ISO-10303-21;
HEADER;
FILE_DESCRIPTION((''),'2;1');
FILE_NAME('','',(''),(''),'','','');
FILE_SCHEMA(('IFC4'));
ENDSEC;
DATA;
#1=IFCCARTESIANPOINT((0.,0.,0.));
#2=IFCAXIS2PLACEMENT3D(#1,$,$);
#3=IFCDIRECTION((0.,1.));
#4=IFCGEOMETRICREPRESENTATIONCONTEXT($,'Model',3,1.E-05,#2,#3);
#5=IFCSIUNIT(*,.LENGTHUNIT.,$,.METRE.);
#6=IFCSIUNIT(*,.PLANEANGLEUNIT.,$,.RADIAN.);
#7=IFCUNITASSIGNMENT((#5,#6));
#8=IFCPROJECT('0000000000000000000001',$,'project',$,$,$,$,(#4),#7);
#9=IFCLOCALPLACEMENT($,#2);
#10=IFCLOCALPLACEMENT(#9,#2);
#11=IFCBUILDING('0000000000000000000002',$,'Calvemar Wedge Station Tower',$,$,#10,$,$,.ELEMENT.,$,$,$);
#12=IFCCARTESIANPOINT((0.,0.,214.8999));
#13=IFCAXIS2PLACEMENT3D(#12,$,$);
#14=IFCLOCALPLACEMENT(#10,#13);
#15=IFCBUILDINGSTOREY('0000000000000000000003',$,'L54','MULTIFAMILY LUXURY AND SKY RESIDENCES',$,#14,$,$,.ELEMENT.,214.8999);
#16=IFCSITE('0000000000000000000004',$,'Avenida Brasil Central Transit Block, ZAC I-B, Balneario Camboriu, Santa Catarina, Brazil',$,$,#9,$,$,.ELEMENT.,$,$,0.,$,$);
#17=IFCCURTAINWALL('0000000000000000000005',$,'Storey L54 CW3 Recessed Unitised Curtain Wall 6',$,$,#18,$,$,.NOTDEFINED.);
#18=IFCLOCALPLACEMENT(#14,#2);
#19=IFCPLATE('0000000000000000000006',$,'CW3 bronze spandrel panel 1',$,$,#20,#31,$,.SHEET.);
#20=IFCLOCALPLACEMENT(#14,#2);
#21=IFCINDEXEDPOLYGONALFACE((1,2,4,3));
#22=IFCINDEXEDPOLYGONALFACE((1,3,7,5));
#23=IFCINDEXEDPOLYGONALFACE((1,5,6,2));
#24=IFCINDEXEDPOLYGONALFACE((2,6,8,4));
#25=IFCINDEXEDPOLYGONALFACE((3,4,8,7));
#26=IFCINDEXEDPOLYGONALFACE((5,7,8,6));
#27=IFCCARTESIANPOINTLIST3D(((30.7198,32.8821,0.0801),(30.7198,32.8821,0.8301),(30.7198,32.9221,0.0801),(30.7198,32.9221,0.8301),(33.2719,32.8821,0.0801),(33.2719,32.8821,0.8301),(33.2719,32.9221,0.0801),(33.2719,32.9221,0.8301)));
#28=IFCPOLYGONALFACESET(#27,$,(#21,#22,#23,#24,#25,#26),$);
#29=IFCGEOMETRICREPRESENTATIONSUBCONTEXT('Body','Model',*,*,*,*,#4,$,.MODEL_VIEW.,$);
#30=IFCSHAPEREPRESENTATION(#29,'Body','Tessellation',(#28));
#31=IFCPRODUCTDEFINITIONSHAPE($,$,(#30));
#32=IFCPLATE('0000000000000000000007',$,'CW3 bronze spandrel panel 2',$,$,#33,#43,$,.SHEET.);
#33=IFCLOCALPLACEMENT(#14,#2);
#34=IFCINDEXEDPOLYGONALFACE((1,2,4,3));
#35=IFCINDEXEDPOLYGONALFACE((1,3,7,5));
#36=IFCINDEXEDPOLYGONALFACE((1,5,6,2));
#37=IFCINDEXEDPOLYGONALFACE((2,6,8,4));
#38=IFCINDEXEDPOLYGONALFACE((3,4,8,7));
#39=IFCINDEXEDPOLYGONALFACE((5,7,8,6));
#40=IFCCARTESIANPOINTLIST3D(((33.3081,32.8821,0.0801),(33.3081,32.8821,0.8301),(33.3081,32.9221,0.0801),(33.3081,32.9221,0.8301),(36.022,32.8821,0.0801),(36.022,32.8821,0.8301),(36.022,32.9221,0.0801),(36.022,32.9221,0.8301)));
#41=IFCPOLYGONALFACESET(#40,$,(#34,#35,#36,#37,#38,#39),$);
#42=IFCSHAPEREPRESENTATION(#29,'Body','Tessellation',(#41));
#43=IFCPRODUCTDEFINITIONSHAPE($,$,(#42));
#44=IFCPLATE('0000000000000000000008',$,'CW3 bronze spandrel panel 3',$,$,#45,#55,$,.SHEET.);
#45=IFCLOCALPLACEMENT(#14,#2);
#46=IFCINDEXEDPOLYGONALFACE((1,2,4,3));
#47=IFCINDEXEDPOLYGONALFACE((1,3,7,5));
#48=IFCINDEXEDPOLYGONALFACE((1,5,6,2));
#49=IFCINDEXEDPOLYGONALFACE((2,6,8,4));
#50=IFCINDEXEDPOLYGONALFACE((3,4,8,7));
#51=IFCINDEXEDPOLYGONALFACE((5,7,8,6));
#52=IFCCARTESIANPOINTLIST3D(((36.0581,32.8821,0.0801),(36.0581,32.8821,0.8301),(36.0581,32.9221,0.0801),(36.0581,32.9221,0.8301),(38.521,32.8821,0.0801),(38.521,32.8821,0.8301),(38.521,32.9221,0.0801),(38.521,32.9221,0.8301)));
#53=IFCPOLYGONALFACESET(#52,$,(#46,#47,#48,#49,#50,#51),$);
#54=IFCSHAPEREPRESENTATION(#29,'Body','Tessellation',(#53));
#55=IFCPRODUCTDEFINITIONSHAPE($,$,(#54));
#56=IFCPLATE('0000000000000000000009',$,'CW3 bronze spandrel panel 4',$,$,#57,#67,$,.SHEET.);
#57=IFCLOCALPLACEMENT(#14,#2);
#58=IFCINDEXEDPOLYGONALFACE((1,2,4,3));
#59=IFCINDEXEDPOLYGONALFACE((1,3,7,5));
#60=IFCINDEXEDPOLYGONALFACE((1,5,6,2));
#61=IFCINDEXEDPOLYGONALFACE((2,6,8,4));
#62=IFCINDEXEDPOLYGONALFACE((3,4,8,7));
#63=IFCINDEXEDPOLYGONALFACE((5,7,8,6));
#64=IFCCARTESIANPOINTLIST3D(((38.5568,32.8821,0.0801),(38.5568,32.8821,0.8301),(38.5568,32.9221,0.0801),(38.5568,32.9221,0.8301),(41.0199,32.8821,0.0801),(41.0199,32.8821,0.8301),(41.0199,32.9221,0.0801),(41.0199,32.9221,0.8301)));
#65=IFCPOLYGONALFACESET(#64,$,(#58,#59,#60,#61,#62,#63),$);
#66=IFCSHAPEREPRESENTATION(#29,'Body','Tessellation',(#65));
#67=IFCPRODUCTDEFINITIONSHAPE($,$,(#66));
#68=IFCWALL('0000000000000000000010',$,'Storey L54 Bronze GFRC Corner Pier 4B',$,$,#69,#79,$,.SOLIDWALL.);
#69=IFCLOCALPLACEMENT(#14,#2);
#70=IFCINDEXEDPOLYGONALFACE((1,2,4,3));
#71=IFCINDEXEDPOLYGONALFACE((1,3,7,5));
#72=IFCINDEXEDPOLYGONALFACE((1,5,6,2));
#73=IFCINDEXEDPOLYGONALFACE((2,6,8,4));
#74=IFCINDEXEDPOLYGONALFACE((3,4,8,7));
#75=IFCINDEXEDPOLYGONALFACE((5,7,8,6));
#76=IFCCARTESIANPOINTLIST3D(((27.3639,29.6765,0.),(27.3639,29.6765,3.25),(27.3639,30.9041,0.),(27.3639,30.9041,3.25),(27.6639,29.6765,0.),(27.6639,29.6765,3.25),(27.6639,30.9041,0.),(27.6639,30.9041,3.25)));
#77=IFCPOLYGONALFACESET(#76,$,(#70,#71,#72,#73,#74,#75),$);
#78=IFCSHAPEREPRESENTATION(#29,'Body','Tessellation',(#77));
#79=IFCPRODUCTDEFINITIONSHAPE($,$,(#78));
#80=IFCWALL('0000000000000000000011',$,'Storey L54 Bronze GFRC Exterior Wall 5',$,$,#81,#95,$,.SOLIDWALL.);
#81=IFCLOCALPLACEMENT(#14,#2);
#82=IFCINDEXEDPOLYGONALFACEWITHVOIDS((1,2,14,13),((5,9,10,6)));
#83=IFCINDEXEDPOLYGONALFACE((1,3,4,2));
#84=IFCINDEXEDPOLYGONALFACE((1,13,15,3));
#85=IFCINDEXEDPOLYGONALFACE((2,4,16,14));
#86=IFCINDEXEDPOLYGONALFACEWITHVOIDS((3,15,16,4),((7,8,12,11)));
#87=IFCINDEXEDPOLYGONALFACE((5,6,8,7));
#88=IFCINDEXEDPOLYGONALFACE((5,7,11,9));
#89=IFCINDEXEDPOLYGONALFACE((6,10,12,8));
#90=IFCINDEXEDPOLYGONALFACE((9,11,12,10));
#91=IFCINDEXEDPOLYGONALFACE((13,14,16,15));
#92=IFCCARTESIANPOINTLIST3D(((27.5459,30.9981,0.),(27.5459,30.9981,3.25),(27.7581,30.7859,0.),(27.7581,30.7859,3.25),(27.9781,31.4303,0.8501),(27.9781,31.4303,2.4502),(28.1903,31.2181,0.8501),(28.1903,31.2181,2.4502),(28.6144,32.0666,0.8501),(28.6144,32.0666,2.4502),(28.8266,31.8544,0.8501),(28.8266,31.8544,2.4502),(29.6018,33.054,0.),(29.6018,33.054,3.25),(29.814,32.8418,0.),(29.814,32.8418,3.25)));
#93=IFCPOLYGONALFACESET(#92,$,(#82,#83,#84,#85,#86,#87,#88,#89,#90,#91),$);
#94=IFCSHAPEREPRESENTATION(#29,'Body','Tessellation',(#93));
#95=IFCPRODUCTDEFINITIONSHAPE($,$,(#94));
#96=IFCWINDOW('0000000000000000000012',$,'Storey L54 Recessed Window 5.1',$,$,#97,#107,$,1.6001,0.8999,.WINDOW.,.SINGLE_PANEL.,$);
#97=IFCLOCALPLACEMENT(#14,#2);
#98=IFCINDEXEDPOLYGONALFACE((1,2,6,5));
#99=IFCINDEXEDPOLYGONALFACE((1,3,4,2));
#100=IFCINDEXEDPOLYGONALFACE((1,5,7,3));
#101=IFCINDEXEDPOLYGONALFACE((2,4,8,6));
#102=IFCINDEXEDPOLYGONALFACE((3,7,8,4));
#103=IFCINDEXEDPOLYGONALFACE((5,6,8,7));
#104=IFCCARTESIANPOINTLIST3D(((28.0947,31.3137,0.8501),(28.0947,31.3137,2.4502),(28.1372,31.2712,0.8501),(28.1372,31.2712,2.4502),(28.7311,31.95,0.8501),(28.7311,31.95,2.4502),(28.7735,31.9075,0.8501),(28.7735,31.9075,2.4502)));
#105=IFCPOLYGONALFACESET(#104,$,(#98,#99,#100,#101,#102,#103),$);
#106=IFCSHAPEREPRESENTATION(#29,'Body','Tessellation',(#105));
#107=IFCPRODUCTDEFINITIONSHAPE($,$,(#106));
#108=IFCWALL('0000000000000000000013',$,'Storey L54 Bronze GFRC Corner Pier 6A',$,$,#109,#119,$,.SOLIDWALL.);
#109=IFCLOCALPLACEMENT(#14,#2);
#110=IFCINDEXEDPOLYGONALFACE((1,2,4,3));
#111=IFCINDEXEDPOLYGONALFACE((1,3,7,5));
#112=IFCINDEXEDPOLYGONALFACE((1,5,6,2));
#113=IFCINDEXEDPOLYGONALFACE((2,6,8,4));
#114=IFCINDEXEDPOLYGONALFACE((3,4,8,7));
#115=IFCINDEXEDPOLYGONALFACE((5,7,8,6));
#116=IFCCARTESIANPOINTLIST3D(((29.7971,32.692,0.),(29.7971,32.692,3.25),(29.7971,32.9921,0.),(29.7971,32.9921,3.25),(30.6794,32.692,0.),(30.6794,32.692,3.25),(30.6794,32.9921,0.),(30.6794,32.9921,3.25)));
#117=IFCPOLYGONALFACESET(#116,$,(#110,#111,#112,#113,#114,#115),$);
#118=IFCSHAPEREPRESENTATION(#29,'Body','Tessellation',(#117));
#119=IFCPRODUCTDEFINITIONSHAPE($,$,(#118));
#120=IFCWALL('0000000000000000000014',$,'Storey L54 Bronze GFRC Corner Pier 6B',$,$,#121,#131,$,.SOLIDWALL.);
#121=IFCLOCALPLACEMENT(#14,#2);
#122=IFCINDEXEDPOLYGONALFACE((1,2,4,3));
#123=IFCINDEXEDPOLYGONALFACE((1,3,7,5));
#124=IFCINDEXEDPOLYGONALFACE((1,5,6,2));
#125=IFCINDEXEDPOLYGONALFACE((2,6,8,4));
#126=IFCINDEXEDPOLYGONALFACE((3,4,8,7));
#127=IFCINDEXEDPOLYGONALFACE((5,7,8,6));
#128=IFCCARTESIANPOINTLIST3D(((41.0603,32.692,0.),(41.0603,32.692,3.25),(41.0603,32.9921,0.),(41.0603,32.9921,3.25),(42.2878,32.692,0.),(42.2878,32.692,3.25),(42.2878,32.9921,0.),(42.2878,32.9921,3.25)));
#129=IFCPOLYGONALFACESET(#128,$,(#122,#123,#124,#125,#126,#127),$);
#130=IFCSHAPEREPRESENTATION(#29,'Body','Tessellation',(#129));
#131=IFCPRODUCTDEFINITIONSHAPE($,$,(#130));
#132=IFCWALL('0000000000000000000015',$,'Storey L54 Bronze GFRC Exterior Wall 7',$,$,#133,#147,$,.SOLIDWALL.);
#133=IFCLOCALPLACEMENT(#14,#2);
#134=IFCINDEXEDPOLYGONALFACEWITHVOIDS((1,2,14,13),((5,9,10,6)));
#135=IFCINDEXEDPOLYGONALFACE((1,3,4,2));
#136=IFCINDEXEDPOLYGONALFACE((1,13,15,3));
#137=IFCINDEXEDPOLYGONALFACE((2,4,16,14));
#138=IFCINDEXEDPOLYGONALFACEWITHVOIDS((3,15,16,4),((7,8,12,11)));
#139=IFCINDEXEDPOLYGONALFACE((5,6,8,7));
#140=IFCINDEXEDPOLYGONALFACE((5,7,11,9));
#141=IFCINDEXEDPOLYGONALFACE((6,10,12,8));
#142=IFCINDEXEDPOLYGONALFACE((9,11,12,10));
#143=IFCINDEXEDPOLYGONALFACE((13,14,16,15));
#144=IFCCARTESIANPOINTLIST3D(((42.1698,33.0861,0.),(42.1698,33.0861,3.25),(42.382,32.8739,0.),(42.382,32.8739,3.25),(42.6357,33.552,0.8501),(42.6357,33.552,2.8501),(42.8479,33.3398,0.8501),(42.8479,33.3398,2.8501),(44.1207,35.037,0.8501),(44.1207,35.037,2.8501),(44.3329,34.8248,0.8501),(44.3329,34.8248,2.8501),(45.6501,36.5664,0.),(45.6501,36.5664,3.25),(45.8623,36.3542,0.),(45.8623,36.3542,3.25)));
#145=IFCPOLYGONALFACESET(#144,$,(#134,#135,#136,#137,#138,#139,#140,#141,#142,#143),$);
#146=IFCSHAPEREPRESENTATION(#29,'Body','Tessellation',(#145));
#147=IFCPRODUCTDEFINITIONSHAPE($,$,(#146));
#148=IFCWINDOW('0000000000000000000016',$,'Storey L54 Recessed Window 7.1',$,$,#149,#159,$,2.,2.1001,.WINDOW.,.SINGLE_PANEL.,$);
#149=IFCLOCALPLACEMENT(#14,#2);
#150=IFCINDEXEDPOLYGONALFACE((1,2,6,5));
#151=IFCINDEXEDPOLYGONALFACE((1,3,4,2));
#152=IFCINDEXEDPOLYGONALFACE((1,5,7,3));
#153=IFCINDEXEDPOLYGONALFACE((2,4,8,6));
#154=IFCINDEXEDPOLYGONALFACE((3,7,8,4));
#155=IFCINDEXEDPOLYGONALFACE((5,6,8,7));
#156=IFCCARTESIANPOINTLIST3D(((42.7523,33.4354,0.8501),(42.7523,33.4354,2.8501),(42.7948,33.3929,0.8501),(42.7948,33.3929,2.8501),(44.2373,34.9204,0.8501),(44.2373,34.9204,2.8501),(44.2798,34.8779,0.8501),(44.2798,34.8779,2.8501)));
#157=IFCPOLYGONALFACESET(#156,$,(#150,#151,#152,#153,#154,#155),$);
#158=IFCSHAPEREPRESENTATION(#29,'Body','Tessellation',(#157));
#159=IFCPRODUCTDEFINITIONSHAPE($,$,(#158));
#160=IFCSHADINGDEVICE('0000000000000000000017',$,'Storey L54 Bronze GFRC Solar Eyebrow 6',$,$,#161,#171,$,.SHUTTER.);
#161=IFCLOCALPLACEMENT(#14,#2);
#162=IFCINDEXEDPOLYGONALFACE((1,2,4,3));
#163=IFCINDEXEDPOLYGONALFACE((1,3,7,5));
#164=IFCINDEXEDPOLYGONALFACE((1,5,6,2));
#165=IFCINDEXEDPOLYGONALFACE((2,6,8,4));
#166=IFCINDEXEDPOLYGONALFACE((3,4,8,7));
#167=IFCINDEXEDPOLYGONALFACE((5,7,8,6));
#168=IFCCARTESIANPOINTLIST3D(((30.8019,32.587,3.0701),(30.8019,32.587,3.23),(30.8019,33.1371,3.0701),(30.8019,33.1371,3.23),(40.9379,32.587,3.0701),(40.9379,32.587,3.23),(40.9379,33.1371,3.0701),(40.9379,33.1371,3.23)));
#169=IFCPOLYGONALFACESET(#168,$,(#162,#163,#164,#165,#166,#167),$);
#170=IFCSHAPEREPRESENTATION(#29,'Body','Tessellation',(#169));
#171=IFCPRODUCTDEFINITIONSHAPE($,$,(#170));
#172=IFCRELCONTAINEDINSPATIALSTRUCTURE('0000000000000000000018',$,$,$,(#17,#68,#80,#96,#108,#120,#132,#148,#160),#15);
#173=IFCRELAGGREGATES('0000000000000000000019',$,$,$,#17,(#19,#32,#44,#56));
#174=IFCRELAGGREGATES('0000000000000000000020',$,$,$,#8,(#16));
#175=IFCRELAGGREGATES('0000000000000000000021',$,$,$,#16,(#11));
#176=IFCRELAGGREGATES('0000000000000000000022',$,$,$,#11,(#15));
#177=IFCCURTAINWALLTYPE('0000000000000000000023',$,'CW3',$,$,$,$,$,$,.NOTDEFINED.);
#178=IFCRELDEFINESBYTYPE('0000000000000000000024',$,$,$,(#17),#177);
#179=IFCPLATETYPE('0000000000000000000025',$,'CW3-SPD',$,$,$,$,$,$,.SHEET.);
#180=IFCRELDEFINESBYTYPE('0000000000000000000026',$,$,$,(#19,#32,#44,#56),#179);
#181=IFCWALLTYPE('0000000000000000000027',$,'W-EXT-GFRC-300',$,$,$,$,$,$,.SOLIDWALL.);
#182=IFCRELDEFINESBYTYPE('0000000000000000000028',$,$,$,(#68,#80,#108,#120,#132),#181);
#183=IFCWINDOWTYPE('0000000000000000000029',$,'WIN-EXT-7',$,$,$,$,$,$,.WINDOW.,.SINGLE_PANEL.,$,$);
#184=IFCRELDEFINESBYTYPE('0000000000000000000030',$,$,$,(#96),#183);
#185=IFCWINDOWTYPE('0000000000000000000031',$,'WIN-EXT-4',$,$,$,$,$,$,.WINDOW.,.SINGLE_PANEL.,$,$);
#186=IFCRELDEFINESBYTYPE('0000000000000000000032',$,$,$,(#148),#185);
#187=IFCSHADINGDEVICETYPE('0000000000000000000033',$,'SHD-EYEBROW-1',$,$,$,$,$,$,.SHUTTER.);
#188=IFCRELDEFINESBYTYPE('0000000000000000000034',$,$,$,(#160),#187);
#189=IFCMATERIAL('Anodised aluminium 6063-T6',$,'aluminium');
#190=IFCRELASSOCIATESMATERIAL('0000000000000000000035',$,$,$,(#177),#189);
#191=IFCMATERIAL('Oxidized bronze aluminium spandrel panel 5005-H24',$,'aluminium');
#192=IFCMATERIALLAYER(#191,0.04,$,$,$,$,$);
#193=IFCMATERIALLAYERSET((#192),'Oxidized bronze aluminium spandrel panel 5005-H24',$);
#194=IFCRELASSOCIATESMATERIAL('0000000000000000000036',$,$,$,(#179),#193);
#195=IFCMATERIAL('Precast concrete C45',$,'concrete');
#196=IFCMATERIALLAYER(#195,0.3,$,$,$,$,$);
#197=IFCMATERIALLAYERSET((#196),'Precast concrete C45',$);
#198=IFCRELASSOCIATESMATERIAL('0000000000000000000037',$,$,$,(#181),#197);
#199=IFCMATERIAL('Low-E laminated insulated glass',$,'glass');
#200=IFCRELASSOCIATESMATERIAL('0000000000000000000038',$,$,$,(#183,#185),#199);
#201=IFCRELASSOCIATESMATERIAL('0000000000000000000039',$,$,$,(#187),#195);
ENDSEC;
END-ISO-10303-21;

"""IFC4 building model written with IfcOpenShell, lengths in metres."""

from ifc_helpers import new_model, si_unit, direction, frame, frame_2d, origin, place, context, subcontext, project, spatial, rectangle, extrude, source, transform, mapped, material, layer, layer_set, type_object, element, fill, aggregate, save


model = new_model("IFC4")

# Units and contexts
model_context = context("Model", 3, precision=1e-05, world=origin(), true_north=direction((0.0, 1.0)))
body_context = subcontext(model_context, "Body", "Model", "MODEL_VIEW")
ifc_project = project(units=[si_unit("LENGTHUNIT", "METRE"), si_unit("PLANEANGLEUNIT", "RADIAN")], contexts=[model_context])

# Site, building, storey
site_placement = place(None, origin())
site = spatial("IfcSite", under=ifc_project, at=site_placement, Name="Avenida Brasil Central Transit Block, ZAC I-B, Balneario Camboriu, Santa Catarina, Brazil", CompositionType="ELEMENT", RefElevation=0.0)
building_placement = place(site_placement, origin())
building = spatial("IfcBuilding", under=site, at=building_placement, Name="Calvemar Wedge Station Tower", CompositionType="ELEMENT")
storey_placement = place(building_placement, frame((0.0, 0.0, 214.8999)))
storey = spatial("IfcBuildingStorey", under=building, at=storey_placement, Name="L54", Description="MULTIFAMILY LUXURY AND SKY RESIDENCES", CompositionType="ELEMENT", Elevation=214.8999)

# Shared definitions
ifc_material_1 = material(Name="Anodised aluminium 6063-T6", Category="aluminium")
curtain_wall_type = type_object("IfcCurtainWallType", Name="CW3", PredefinedType="NOTDEFINED", material=ifc_material_1)

# Curtain wall, plates
curtain_wall_1_placement = place(storey_placement, origin())
curtain_wall_1 = element("IfcCurtainWall", 1, at=curtain_wall_1_placement, inside=storey, type_object=curtain_wall_type, Name="Storey L54 CW3 Recessed Unitised Curtain Wall 6", PredefinedType="NOTDEFINED")
ifc_material_2 = material(Name="Low-E laminated insulated glass", Category="glass")
ifc_material_3 = material(Name="Oxidized bronze aluminium spandrel panel 5005-H24", Category="aluminium")
ifc_layer_1 = layer(ifc_material_3, 0.04)
ifc_layer_set_1 = layer_set([ifc_layer_1], Name="Oxidized bronze aluminium spandrel panel 5005-H24")
plate_type_1 = type_object("IfcPlateType", Name="CW3-SPD", PredefinedType="SHEET", material=ifc_layer_set_1)
plate_1_placement = place(storey_placement, frame((30.72, 32.9021, 0.0801), z_axis=(0.0, 0.0, 1.0), x_axis=(1.0, 0.0, 0.0)))
plate_1 = element("IfcPlate", 2, at=plate_1_placement, type_object=plate_type_1, Name="CW3 bronze spandrel panel 1", PredefinedType="SHEET", context=body_context, shape_type="SweptSolid", body=[
    extrude(rectangle(XDim=2.552, YDim=0.04, at=frame_2d((1.2759, 0.0))), origin(), (0.0, 0.0, 1.0), 0.75),
])
plate_2_placement = place(storey_placement, frame((33.3081, 32.9021, 0.0801), z_axis=(0.0, 0.0, 1.0), x_axis=(1.0, 0.0, 0.0)))
plate_2 = element("IfcPlate", 3, at=plate_2_placement, type_object=plate_type_1, Name="CW3 bronze spandrel panel 2", PredefinedType="SHEET", context=body_context, shape_type="SweptSolid", body=[
    extrude(rectangle(XDim=2.7139, YDim=0.04, at=frame_2d((1.3569, 0.0))), origin(), (0.0, 0.0, 1.0), 0.75),
])
plate_3_placement = place(storey_placement, frame((36.0581, 32.9021, 0.0801), z_axis=(0.0, 0.0, 1.0), x_axis=(1.0, 0.0, 0.0)))
plate_3 = element("IfcPlate", 4, at=plate_3_placement, type_object=plate_type_1, Name="CW3 bronze spandrel panel 3", PredefinedType="SHEET", context=body_context, shape_type="SweptSolid", body=[
    extrude(rectangle(XDim=2.4629, YDim=0.04, at=frame_2d((1.2314, 0.0))), origin(), (0.0, 0.0, 1.0), 0.75),
])
plate_4_placement = place(storey_placement, frame((38.5569, 32.9021, 0.0801), z_axis=(0.0, 0.0, 1.0), x_axis=(1.0, 0.0, 0.0)))
plate_4 = element("IfcPlate", 5, at=plate_4_placement, type_object=plate_type_1, Name="CW3 bronze spandrel panel 4", PredefinedType="SHEET", context=body_context, shape_type="SweptSolid", body=[
    extrude(rectangle(XDim=2.4631, YDim=0.04, at=frame_2d((1.2314, 0.0))), origin(), (0.0, 0.0, 1.0), 0.75),
])
aggregate(curtain_wall_1, [plate_1, plate_2, plate_3, plate_4])

# Wall
ifc_material_4 = material(Name="Precast concrete C45", Category="concrete")
ifc_layer_2 = layer(ifc_material_4, 0.3)
ifc_layer_set_2 = layer_set([ifc_layer_2], Name="Precast concrete C45")
wall_type = type_object("IfcWallType", Name="W-EXT-GFRC-300", PredefinedType="SOLIDWALL", material=ifc_layer_set_2)
wall_1_placement = place(storey_placement, frame((27.5139, 29.6765, 0.0), z_axis=(0.0, 0.0, 1.0), x_axis=(0.0, 1.0, 0.0)))
element("IfcWall", 6, at=wall_1_placement, inside=storey, type_object=wall_type, Name="Storey L54 Bronze GFRC Corner Pier 4B", PredefinedType="SOLIDWALL", context=body_context, shape_type="SweptSolid", body=[
    extrude(rectangle(XDim=1.2275, YDim=0.3, at=frame_2d((0.6138, 0.0))), origin(), (0.0, 0.0, 1.0), 3.25),
])

# Wall, opening, window
wall_2_placement = place(storey_placement, frame((27.6521, 30.8921, 0.0), z_axis=(0.0, 0.0, 1.0), x_axis=(0.707107, 0.707107, 0.0)))
wall_2 = element("IfcWall", 7, at=wall_2_placement, inside=storey, type_object=wall_type, Name="Storey L54 Bronze GFRC Exterior Wall 5", PredefinedType="SOLIDWALL", context=body_context, shape_type="SweptSolid", body=[
    extrude(rectangle(XDim=2.9075, YDim=0.3, at=frame_2d((1.4536, 0.0))), origin(), (0.0, 0.0, 1.0), 3.25),
])
shared_shape_1 = source(origin(), body_context, "Body", "SweptSolid", [
    extrude(rectangle(XDim=0.8999, YDim=1.6001, at=frame_2d((0.45, 0.8))), frame((0.0, 0.1602, 0.0), z_axis=(0.0, -1.0, 0.0), x_axis=(1.0, 0.0, 0.0)), (0.0, 0.0, 1.0), 0.3201),
])
opening_1_placement = place(wall_2_placement, frame((0.6111, 0.0, 0.8501)))
opening_1 = element("IfcOpeningElement", 8, at=opening_1_placement, cuts=wall_2, PredefinedType="OPENING", context=body_context, shape_type="MappedRepresentation", body=[
    mapped(shared_shape_1, transform((0.0, 0.0, 0.0), scale=1.0)),
])
window_type_1 = type_object("IfcWindowType", Name="WIN-EXT-7", PartitioningType="SINGLE_PANEL", PredefinedType="WINDOW", material=ifc_material_2)
shared_shape_2 = source(origin(), body_context, "Body", "SweptSolid", [
    extrude(rectangle(XDim=0.8999, YDim=1.6001, at=frame_2d((0.45, 0.8))), frame((0.0, -0.0149, 0.0), z_axis=(0.0, -1.0, 0.0), x_axis=(1.0, 0.0, 0.0)), (0.0, 0.0, 1.0), 0.0601),
])
window_1_placement = place(opening_1_placement, origin())
window_1 = element("IfcWindow", 9, at=window_1_placement, inside=storey, type_object=window_type_1, Name="Storey L54 Recessed Window 5.1", OverallHeight=1.6001, OverallWidth=0.8999, PartitioningType="SINGLE_PANEL", PredefinedType="WINDOW", context=body_context, shape_type="MappedRepresentation", body=[
    mapped(shared_shape_2, transform((0.0, 0.0, 0.0), scale=1.0)),
])
fill(opening_1, window_1)

# Walls
wall_3_placement = place(storey_placement, frame((29.7971, 32.842, 0.0), z_axis=(0.0, 0.0, 1.0), x_axis=(1.0, 0.0, 0.0)))
element("IfcWall", 10, at=wall_3_placement, inside=storey, type_object=wall_type, Name="Storey L54 Bronze GFRC Corner Pier 6A", PredefinedType="SOLIDWALL", context=body_context, shape_type="SweptSolid", body=[
    extrude(rectangle(XDim=0.8823, YDim=0.3, at=frame_2d((0.4412, 0.0))), origin(), (0.0, 0.0, 1.0), 3.25),
])
wall_4_placement = place(storey_placement, frame((41.0603, 32.842, 0.0), z_axis=(0.0, 0.0, 1.0), x_axis=(1.0, 0.0, 0.0)))
element("IfcWall", 11, at=wall_4_placement, inside=storey, type_object=wall_type, Name="Storey L54 Bronze GFRC Corner Pier 6B", PredefinedType="SOLIDWALL", context=body_context, shape_type="SweptSolid", body=[
    extrude(rectangle(XDim=1.2275, YDim=0.3, at=frame_2d((0.6138, 0.0))), origin(), (0.0, 0.0, 1.0), 3.25),
])

# Wall, opening, window
wall_5_placement = place(storey_placement, frame((42.2759, 32.98, 0.0), z_axis=(0.0, 0.0, 1.0), x_axis=(0.707107, 0.707107, 0.0)))
wall_5 = element("IfcWall", 12, at=wall_5_placement, inside=storey, type_object=wall_type, Name="Storey L54 Bronze GFRC Exterior Wall 7", PredefinedType="SOLIDWALL", context=body_context, shape_type="SweptSolid", body=[
    extrude(rectangle(XDim=4.9219, YDim=0.3, at=frame_2d((2.4609, 0.0))), origin(), (0.0, 0.0, 1.0), 3.25),
])
shared_shape_3 = source(origin(), body_context, "Body", "SweptSolid", [
    extrude(rectangle(XDim=2.1001, YDim=2.0, at=frame_2d((1.05, 1.0))), frame((0.0, 0.1602, 0.0), z_axis=(0.0, -1.0, 0.0), x_axis=(1.0, 0.0, 0.0)), (0.0, 0.0, 1.0), 0.3201),
])
opening_2_placement = place(wall_5_placement, frame((0.6589, 0.0, 0.8501)))
opening_2 = element("IfcOpeningElement", 13, at=opening_2_placement, cuts=wall_5, PredefinedType="OPENING", context=body_context, shape_type="MappedRepresentation", body=[
    mapped(shared_shape_3, transform((0.0, 0.0, 0.0), scale=1.0)),
])
window_type_2 = type_object("IfcWindowType", Name="WIN-EXT-4", PartitioningType="SINGLE_PANEL", PredefinedType="WINDOW", material=ifc_material_2)
shared_shape_4 = source(origin(), body_context, "Body", "SweptSolid", [
    extrude(rectangle(XDim=2.1001, YDim=2.0, at=frame_2d((1.05, 1.0))), frame((0.0, -0.0149, 0.0), z_axis=(0.0, -1.0, 0.0), x_axis=(1.0, 0.0, 0.0)), (0.0, 0.0, 1.0), 0.0601),
])
window_2_placement = place(opening_2_placement, origin())
window_2 = element("IfcWindow", 14, at=window_2_placement, inside=storey, type_object=window_type_2, Name="Storey L54 Recessed Window 7.1", OverallHeight=2.0, OverallWidth=2.1001, PartitioningType="SINGLE_PANEL", PredefinedType="WINDOW", context=body_context, shape_type="MappedRepresentation", body=[
    mapped(shared_shape_4, transform((0.0, 0.0, 0.0), scale=1.0)),
])
fill(opening_2, window_2)

# Shading device
shading_device_type = type_object("IfcShadingDeviceType", Name="SHD-EYEBROW-1", PredefinedType="SHUTTER", material=ifc_material_4)
shading_device_placement = place(storey_placement, frame((30.802, 32.8621, 3.0701), z_axis=(0.0, 0.0, 1.0), x_axis=(1.0, 0.0, 0.0)))
element("IfcShadingDevice", 15, at=shading_device_placement, inside=storey, type_object=shading_device_type, Name="Storey L54 Bronze GFRC Solar Eyebrow 6", PredefinedType="SHUTTER", context=body_context, shape_type="SweptSolid", body=[
    extrude(rectangle(XDim=10.136, YDim=0.55, at=frame_2d((5.0679, 0.0))), origin(), (0.0, 0.0, 1.0), 0.1599),
])

save(model, "model.ifc")
